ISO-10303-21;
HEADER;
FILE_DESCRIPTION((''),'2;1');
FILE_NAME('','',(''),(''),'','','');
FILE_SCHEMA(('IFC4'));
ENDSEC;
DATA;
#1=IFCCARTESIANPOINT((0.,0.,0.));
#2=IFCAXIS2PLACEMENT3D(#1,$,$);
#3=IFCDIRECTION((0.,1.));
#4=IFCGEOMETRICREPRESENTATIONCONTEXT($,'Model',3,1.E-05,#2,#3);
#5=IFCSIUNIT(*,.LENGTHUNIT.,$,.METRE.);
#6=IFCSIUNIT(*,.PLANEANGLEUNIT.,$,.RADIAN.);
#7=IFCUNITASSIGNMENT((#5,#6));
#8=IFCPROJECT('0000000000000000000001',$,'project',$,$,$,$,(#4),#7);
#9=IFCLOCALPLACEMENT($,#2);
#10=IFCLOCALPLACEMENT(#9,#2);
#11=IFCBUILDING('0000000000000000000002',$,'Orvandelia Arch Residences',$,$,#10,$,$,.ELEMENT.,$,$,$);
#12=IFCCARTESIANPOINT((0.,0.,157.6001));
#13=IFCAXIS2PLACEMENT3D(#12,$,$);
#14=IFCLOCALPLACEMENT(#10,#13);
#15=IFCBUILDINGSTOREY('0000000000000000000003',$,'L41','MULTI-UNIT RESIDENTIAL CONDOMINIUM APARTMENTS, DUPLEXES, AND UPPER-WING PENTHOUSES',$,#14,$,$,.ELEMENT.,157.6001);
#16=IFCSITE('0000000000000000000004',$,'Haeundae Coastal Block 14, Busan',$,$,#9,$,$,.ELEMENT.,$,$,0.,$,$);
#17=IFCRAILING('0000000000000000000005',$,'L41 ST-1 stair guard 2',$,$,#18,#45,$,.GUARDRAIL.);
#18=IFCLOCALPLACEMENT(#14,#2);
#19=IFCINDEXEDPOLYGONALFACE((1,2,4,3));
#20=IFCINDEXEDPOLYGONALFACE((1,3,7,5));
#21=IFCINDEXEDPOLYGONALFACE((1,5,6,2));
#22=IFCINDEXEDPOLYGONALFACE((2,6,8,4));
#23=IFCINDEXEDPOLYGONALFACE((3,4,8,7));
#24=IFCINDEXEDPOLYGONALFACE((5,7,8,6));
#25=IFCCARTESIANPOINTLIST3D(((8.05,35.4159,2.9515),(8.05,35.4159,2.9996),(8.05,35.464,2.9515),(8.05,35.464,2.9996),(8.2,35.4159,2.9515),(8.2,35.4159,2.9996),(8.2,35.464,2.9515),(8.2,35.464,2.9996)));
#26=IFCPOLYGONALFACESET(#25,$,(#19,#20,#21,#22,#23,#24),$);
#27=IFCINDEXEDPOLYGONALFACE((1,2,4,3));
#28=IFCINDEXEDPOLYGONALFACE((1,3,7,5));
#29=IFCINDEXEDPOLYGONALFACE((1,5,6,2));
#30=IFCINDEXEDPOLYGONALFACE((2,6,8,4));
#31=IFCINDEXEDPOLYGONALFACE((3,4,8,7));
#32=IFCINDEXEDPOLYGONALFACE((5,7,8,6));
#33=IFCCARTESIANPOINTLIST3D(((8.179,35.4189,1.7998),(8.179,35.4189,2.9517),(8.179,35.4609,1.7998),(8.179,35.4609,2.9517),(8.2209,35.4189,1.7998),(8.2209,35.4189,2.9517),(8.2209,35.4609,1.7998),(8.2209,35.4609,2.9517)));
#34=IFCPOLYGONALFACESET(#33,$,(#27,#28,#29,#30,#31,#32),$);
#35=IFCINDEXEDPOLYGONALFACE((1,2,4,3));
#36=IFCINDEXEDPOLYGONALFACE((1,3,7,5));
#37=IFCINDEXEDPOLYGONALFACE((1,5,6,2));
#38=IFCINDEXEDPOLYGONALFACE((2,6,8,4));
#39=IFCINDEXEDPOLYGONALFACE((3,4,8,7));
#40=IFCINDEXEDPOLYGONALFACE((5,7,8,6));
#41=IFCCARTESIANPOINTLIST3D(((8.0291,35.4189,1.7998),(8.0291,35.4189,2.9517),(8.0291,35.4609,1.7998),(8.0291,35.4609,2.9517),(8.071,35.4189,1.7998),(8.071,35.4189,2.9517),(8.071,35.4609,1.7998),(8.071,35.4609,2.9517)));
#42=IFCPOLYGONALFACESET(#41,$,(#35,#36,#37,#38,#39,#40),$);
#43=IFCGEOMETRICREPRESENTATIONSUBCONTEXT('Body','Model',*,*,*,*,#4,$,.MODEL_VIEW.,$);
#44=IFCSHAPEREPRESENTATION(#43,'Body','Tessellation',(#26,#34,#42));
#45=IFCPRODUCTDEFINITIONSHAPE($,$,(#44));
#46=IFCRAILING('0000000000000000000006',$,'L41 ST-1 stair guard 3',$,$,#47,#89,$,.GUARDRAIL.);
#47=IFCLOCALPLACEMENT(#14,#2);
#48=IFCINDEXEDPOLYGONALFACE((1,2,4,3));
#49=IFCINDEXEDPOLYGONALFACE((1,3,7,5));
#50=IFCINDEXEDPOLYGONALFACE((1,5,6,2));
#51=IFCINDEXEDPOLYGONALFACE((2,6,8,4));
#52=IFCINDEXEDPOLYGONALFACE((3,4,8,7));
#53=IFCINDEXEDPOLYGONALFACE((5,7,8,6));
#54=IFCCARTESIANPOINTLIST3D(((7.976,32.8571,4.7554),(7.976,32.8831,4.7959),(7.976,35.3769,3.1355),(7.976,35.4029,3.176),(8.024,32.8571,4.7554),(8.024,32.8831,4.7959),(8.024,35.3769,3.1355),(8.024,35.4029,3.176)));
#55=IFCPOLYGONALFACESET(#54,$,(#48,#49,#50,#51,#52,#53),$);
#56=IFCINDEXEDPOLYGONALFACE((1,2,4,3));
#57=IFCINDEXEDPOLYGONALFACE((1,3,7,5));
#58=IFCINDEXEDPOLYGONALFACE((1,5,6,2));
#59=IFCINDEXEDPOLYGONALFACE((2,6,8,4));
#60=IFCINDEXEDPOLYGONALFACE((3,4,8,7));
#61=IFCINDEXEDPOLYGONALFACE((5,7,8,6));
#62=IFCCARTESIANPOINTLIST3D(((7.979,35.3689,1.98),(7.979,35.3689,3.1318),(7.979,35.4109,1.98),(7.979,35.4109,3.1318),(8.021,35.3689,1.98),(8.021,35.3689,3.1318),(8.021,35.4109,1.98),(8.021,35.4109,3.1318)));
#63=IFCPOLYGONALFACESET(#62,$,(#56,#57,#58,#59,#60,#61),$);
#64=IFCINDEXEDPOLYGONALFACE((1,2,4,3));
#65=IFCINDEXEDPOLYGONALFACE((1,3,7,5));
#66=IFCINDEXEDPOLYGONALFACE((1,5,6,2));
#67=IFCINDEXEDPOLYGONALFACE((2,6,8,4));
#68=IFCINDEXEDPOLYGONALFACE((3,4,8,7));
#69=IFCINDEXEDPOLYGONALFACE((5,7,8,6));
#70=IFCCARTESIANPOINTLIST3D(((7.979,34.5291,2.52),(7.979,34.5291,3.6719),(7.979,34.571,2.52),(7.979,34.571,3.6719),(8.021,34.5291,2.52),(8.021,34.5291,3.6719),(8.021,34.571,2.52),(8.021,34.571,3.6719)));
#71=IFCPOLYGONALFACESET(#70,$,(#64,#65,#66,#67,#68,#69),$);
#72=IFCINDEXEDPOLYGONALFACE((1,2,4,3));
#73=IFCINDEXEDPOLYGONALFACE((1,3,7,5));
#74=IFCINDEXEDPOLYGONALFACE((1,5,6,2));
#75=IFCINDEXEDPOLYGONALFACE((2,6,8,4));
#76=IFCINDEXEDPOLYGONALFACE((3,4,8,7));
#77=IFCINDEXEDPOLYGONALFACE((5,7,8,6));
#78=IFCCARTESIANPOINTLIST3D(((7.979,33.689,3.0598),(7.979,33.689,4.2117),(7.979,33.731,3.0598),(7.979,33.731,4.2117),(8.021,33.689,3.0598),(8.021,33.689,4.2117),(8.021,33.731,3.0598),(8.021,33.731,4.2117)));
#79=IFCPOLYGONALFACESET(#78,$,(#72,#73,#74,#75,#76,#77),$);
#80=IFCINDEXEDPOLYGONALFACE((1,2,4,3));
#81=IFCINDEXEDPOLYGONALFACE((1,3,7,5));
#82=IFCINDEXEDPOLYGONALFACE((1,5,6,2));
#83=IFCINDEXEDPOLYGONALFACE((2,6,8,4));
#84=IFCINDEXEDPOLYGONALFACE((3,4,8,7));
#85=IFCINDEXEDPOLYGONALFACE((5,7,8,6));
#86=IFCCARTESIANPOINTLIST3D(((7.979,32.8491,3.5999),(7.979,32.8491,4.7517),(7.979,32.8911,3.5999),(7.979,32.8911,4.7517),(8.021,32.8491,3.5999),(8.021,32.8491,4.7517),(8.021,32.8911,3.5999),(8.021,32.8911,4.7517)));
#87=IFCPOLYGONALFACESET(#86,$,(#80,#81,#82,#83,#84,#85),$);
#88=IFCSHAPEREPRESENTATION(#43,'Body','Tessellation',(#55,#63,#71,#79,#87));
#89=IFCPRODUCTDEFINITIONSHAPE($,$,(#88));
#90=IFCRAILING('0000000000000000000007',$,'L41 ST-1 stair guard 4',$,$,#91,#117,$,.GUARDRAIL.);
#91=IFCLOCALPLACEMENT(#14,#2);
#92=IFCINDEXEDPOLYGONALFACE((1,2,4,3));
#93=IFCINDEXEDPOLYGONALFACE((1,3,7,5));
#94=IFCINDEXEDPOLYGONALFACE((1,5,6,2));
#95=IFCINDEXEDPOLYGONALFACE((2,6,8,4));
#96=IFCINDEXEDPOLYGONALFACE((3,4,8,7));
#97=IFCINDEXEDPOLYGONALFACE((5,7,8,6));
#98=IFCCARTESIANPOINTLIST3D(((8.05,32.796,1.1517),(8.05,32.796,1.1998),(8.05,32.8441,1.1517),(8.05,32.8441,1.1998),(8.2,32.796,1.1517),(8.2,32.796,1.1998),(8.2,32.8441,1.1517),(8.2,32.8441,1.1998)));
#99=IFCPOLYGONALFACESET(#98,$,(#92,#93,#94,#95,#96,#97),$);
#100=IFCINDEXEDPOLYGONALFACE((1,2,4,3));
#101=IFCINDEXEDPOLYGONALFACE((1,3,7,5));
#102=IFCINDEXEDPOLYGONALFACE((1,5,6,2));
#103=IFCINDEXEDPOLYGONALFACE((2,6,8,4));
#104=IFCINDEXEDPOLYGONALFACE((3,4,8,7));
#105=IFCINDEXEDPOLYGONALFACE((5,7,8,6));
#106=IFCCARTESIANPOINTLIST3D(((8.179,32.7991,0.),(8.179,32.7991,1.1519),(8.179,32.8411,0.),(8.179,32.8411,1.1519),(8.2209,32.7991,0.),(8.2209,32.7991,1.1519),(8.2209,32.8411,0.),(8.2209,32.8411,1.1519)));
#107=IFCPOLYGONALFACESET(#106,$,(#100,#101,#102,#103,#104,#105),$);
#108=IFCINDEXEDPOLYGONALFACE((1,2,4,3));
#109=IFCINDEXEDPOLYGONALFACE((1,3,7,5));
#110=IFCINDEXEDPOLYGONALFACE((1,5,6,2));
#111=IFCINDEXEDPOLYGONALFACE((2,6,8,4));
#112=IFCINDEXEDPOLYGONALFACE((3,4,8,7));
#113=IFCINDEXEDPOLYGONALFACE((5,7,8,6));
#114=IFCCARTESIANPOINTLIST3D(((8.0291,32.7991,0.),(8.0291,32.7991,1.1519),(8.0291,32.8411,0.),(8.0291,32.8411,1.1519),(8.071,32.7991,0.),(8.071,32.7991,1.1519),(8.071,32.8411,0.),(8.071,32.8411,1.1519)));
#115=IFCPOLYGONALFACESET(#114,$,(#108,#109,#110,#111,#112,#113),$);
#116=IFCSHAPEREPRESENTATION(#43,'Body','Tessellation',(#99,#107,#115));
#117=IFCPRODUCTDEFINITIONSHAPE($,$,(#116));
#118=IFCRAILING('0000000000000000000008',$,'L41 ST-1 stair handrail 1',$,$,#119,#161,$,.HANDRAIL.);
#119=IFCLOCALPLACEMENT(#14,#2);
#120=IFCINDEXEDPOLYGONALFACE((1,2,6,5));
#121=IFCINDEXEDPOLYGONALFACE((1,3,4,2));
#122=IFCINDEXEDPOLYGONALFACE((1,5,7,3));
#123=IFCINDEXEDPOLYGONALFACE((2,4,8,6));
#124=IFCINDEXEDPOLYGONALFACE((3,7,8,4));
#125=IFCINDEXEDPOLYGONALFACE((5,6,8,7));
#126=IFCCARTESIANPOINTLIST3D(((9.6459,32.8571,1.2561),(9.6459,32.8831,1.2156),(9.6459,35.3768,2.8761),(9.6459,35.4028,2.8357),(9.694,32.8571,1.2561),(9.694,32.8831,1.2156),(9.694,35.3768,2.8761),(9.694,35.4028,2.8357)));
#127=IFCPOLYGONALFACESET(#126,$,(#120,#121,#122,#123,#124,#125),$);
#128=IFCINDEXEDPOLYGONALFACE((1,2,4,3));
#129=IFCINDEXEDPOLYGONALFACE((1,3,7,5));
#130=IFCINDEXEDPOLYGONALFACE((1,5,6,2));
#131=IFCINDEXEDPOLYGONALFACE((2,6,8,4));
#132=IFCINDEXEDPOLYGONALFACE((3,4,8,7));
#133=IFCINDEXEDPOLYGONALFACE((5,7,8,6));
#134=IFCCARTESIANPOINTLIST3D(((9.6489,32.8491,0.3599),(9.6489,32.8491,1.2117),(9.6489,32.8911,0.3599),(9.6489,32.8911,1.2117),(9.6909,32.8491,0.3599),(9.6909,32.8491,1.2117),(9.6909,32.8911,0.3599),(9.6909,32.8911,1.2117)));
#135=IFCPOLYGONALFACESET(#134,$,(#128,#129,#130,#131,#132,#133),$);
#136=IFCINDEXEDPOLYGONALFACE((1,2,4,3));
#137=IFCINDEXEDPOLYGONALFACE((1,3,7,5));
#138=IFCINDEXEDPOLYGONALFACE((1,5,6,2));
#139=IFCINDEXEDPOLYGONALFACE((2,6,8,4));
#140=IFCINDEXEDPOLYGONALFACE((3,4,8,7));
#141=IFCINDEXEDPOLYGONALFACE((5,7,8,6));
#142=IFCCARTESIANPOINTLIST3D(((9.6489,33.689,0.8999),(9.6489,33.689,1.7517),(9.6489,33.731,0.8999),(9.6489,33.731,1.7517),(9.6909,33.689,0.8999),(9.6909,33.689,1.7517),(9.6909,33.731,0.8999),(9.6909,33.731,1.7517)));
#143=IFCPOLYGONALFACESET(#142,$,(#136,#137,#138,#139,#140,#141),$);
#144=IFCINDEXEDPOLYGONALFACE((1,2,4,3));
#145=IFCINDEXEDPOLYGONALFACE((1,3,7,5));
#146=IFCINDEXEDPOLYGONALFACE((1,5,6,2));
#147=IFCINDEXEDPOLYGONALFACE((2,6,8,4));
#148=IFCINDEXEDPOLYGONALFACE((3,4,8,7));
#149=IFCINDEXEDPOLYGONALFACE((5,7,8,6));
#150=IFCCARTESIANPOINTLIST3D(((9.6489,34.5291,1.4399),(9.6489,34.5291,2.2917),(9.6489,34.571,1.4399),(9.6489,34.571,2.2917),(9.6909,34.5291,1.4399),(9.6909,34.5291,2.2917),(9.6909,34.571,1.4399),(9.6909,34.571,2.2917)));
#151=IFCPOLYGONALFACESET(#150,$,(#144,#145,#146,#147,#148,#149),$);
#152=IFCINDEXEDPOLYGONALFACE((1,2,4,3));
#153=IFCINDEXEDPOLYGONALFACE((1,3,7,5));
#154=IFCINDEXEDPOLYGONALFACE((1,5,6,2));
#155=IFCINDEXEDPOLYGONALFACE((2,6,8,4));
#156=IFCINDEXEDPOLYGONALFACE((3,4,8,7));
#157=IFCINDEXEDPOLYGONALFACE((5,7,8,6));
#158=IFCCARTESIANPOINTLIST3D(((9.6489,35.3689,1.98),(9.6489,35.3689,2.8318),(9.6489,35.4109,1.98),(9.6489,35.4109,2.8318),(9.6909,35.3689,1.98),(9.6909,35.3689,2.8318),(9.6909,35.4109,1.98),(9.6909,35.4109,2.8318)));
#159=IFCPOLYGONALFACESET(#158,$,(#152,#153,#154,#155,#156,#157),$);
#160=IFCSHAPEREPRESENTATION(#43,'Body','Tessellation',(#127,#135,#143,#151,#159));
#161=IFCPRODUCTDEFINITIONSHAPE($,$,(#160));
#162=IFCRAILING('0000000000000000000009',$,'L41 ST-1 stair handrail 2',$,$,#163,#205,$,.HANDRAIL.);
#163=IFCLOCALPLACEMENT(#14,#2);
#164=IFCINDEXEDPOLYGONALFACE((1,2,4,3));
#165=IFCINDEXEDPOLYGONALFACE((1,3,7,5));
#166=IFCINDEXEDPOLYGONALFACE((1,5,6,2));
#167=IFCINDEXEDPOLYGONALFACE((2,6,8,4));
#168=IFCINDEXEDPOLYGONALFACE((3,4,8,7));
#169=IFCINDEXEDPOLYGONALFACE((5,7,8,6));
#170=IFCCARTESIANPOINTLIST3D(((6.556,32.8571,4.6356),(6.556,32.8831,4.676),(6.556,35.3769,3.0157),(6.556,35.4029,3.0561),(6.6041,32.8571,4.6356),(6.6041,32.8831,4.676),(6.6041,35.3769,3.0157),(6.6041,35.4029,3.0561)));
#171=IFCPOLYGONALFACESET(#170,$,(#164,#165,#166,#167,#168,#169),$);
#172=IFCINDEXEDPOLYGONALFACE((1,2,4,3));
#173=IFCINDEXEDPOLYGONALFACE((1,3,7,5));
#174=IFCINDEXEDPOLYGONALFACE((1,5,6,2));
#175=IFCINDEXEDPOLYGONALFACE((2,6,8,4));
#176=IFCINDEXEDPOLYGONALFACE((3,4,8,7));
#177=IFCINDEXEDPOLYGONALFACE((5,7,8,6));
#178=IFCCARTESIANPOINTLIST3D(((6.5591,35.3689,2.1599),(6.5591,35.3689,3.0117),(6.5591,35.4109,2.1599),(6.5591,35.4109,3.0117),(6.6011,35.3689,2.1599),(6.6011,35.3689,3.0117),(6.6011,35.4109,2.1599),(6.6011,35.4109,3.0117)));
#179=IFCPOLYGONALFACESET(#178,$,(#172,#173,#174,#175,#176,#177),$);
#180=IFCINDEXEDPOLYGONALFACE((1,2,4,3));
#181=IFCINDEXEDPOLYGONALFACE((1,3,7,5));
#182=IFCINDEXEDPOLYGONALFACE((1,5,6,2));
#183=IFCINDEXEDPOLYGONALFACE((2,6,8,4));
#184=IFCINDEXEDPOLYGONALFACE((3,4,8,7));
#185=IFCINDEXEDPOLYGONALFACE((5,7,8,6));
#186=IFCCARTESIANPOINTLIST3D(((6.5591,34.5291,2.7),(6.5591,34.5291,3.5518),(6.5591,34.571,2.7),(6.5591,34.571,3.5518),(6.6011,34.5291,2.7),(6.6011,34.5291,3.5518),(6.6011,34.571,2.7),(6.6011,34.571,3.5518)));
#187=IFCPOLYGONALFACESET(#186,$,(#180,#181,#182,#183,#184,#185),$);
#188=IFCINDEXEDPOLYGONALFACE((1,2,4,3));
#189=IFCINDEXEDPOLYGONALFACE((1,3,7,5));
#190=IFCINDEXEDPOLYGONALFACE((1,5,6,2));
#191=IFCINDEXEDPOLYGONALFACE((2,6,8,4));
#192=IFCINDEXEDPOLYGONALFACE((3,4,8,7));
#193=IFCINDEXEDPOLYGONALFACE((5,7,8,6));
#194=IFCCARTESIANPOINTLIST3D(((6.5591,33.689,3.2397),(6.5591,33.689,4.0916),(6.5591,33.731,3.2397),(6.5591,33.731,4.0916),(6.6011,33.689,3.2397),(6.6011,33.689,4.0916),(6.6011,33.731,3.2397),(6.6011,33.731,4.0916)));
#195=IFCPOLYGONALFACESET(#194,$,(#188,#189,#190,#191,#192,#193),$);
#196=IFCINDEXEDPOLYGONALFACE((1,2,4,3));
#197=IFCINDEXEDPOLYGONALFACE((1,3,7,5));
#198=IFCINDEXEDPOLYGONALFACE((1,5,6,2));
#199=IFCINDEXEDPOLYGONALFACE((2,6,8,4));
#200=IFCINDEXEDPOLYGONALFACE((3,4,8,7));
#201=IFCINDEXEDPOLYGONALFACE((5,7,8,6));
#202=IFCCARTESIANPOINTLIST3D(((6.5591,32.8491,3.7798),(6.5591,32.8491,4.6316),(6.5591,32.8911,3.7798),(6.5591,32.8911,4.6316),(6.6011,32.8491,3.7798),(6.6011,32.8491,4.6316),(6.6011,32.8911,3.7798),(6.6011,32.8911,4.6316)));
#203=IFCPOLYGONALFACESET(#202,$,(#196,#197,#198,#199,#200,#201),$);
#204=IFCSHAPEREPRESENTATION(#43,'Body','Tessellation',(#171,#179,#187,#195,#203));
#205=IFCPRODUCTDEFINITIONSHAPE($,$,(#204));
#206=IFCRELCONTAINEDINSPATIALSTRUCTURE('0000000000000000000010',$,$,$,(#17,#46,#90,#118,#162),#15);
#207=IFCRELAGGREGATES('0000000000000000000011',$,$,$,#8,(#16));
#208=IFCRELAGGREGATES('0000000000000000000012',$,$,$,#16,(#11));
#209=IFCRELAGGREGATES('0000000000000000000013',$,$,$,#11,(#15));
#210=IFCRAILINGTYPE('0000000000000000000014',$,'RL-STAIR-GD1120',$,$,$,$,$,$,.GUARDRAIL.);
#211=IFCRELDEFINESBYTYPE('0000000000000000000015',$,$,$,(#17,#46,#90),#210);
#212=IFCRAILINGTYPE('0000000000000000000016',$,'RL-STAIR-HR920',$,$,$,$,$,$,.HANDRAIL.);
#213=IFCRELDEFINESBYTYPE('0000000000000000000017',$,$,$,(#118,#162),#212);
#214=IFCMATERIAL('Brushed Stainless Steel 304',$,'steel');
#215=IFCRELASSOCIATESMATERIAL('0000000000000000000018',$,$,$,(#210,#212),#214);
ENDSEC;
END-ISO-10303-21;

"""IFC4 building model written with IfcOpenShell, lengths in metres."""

from ifc_helpers import new_model, si_unit, direction, frame, origin, origin_2d, place, context, subcontext, project, spatial, rectangle, extrude, material, type_object, element, save


model = new_model("IFC4")

# Units and contexts
model_context = context("Model", 3, precision=1e-05, world=origin(), true_north=direction((0.0, 1.0)))
body_context = subcontext(model_context, "Body", "Model", "MODEL_VIEW")
ifc_project = project(units=[si_unit("LENGTHUNIT", "METRE"), si_unit("PLANEANGLEUNIT", "RADIAN")], contexts=[model_context])

# Site, building, storey
site_placement = place(None, origin())
site = spatial("IfcSite", under=ifc_project, at=site_placement, Name="Haeundae Coastal Block 14, Busan", CompositionType="ELEMENT", RefElevation=0.0)
building_placement = place(site_placement, origin())
building = spatial("IfcBuilding", under=site, at=building_placement, Name="Orvandelia Arch Residences", CompositionType="ELEMENT")
storey_placement = place(building_placement, frame((0.0, 0.0, 157.6001)))
storey = spatial("IfcBuildingStorey", under=building, at=storey_placement, Name="L41", Description="MULTI-UNIT RESIDENTIAL CONDOMINIUM APARTMENTS, DUPLEXES, AND UPPER-WING PENTHOUSES", CompositionType="ELEMENT", Elevation=157.6001)

# Railings
ifc_material_1 = material(Name="Brushed Stainless Steel 304", Category="steel")
railing_type_1 = type_object("IfcRailingType", Name="RL-STAIR-GD1120", PredefinedType="GUARDRAIL", material=ifc_material_1)
railing_1_placement = place(storey_placement, frame((8.2, 35.4399, 1.7998)))
element("IfcRailing", 1, at=railing_1_placement, inside=storey, type_object=railing_type_1, Name="L41 ST-1 stair guard 2", PredefinedType="GUARDRAIL", context=body_context, shape_type="SweptSolid", body=[
    extrude(rectangle(XDim=0.0481, YDim=0.0481, at=origin_2d()), frame((0.0, 0.0, 1.1758), z_axis=(-1.0, 0.0, 0.0), x_axis=(0.0, -1.0, 0.0)), (0.0, 0.0, 1.0), 0.1499),
    extrude(rectangle(XDim=0.042, YDim=0.042, at=origin_2d()), origin(), (0.0, 0.0, 1.0), 1.1519),
    extrude(rectangle(XDim=0.042, YDim=0.042, at=origin_2d()), frame((-0.1499, 0.0, 0.0)), (0.0, 0.0, 1.0), 1.1519),
])
railing_2_placement = place(storey_placement, frame((8.0, 35.3899, 1.98)))
element("IfcRailing", 2, at=railing_2_placement, inside=storey, type_object=railing_type_1, Name="L41 ST-1 stair guard 3", PredefinedType="GUARDRAIL", context=body_context, shape_type="SweptSolid", body=[
    extrude(rectangle(XDim=0.0481, YDim=0.0481, at=origin_2d()), frame((0.0, 0.0, 1.1758), z_axis=(0.0, -0.841176, 0.540762), x_axis=(1.0, 0.0, 0.0)), (0.0, 0.0, 1.0), 2.9956),
    extrude(rectangle(XDim=0.042, YDim=0.042, at=origin_2d()), origin(), (0.0, 0.0, 1.0), 1.1519),
    extrude(rectangle(XDim=0.042, YDim=0.042, at=origin_2d()), frame((0.0, -0.8398, 0.54)), (0.0, 0.0, 1.0), 1.1519),
    extrude(rectangle(XDim=0.042, YDim=0.042, at=origin_2d()), frame((0.0, -1.6799, 1.0798)), (0.0, 0.0, 1.0), 1.1519),
    extrude(rectangle(XDim=0.042, YDim=0.042, at=origin_2d()), frame((0.0, -2.5198, 1.6199)), (0.0, 0.0, 1.0), 1.1519),
])
railing_3_placement = place(storey_placement, frame((8.2, 32.8201, 0.0)))
element("IfcRailing", 3, at=railing_3_placement, inside=storey, type_object=railing_type_1, Name="L41 ST-1 stair guard 4", PredefinedType="GUARDRAIL", context=body_context, shape_type="SweptSolid", body=[
    extrude(rectangle(XDim=0.0481, YDim=0.0481, at=origin_2d()), frame((0.0, 0.0, 1.1758), z_axis=(-1.0, 0.0, 0.0), x_axis=(0.0, -1.0, 0.0)), (0.0, 0.0, 1.0), 0.1499),
    extrude(rectangle(XDim=0.042, YDim=0.042, at=origin_2d()), origin(), (0.0, 0.0, 1.0), 1.1519),
    extrude(rectangle(XDim=0.042, YDim=0.042, at=origin_2d()), frame((-0.1499, 0.0, 0.0)), (0.0, 0.0, 1.0), 1.1519),
])
railing_type_2 = type_object("IfcRailingType", Name="RL-STAIR-HR920", PredefinedType="HANDRAIL", material=ifc_material_1)
railing_4_placement = place(storey_placement, frame((9.6699, 32.8701, 0.3599)))
element("IfcRailing", 4, at=railing_4_placement, inside=storey, type_object=railing_type_2, Name="L41 ST-1 stair handrail 1", PredefinedType="HANDRAIL", context=body_context, shape_type="SweptSolid", body=[
    extrude(rectangle(XDim=0.0481, YDim=0.0481, at=origin_2d()), frame((0.0, 0.0, 0.876), z_axis=(0.0, 0.841139, 0.540819), x_axis=(-1.0, 0.0, 0.0)), (0.0, 0.0, 1.0), 2.9956),
    extrude(rectangle(XDim=0.042, YDim=0.042, at=origin_2d()), origin(), (0.0, 0.0, 1.0), 0.8518),
    extrude(rectangle(XDim=0.042, YDim=0.042, at=origin_2d()), frame((0.0, 0.8398, 0.54)), (0.0, 0.0, 1.0), 0.8518),
    extrude(rectangle(XDim=0.042, YDim=0.042, at=origin_2d()), frame((0.0, 1.6799, 1.0801)), (0.0, 0.0, 1.0), 0.8518),
    extrude(rectangle(XDim=0.042, YDim=0.042, at=origin_2d()), frame((0.0, 2.5198, 1.6201)), (0.0, 0.0, 1.0), 0.8518),
])
railing_5_placement = place(storey_placement, frame((6.5801, 35.3899, 2.1599)))
element("IfcRailing", 5, at=railing_5_placement, inside=storey, type_object=railing_type_2, Name="L41 ST-1 stair handrail 2", PredefinedType="HANDRAIL", context=body_context, shape_type="SweptSolid", body=[
    extrude(rectangle(XDim=0.0481, YDim=0.0481, at=origin_2d()), frame((0.0, 0.0, 0.876), z_axis=(0.0, -0.841176, 0.540762), x_axis=(1.0, 0.0, 0.0)), (0.0, 0.0, 1.0), 2.9956),
    extrude(rectangle(XDim=0.042, YDim=0.042, at=origin_2d()), origin(), (0.0, 0.0, 1.0), 0.8518),
    extrude(rectangle(XDim=0.042, YDim=0.042, at=origin_2d()), frame((0.0, -0.8398, 0.54)), (0.0, 0.0, 1.0), 0.8518),
    extrude(rectangle(XDim=0.042, YDim=0.042, at=origin_2d()), frame((0.0, -1.6799, 1.0798)), (0.0, 0.0, 1.0), 0.8518),
    extrude(rectangle(XDim=0.042, YDim=0.042, at=origin_2d()), frame((0.0, -2.5198, 1.6199)), (0.0, 0.0, 1.0), 0.8518),
])

save(model, "model.ifc")
